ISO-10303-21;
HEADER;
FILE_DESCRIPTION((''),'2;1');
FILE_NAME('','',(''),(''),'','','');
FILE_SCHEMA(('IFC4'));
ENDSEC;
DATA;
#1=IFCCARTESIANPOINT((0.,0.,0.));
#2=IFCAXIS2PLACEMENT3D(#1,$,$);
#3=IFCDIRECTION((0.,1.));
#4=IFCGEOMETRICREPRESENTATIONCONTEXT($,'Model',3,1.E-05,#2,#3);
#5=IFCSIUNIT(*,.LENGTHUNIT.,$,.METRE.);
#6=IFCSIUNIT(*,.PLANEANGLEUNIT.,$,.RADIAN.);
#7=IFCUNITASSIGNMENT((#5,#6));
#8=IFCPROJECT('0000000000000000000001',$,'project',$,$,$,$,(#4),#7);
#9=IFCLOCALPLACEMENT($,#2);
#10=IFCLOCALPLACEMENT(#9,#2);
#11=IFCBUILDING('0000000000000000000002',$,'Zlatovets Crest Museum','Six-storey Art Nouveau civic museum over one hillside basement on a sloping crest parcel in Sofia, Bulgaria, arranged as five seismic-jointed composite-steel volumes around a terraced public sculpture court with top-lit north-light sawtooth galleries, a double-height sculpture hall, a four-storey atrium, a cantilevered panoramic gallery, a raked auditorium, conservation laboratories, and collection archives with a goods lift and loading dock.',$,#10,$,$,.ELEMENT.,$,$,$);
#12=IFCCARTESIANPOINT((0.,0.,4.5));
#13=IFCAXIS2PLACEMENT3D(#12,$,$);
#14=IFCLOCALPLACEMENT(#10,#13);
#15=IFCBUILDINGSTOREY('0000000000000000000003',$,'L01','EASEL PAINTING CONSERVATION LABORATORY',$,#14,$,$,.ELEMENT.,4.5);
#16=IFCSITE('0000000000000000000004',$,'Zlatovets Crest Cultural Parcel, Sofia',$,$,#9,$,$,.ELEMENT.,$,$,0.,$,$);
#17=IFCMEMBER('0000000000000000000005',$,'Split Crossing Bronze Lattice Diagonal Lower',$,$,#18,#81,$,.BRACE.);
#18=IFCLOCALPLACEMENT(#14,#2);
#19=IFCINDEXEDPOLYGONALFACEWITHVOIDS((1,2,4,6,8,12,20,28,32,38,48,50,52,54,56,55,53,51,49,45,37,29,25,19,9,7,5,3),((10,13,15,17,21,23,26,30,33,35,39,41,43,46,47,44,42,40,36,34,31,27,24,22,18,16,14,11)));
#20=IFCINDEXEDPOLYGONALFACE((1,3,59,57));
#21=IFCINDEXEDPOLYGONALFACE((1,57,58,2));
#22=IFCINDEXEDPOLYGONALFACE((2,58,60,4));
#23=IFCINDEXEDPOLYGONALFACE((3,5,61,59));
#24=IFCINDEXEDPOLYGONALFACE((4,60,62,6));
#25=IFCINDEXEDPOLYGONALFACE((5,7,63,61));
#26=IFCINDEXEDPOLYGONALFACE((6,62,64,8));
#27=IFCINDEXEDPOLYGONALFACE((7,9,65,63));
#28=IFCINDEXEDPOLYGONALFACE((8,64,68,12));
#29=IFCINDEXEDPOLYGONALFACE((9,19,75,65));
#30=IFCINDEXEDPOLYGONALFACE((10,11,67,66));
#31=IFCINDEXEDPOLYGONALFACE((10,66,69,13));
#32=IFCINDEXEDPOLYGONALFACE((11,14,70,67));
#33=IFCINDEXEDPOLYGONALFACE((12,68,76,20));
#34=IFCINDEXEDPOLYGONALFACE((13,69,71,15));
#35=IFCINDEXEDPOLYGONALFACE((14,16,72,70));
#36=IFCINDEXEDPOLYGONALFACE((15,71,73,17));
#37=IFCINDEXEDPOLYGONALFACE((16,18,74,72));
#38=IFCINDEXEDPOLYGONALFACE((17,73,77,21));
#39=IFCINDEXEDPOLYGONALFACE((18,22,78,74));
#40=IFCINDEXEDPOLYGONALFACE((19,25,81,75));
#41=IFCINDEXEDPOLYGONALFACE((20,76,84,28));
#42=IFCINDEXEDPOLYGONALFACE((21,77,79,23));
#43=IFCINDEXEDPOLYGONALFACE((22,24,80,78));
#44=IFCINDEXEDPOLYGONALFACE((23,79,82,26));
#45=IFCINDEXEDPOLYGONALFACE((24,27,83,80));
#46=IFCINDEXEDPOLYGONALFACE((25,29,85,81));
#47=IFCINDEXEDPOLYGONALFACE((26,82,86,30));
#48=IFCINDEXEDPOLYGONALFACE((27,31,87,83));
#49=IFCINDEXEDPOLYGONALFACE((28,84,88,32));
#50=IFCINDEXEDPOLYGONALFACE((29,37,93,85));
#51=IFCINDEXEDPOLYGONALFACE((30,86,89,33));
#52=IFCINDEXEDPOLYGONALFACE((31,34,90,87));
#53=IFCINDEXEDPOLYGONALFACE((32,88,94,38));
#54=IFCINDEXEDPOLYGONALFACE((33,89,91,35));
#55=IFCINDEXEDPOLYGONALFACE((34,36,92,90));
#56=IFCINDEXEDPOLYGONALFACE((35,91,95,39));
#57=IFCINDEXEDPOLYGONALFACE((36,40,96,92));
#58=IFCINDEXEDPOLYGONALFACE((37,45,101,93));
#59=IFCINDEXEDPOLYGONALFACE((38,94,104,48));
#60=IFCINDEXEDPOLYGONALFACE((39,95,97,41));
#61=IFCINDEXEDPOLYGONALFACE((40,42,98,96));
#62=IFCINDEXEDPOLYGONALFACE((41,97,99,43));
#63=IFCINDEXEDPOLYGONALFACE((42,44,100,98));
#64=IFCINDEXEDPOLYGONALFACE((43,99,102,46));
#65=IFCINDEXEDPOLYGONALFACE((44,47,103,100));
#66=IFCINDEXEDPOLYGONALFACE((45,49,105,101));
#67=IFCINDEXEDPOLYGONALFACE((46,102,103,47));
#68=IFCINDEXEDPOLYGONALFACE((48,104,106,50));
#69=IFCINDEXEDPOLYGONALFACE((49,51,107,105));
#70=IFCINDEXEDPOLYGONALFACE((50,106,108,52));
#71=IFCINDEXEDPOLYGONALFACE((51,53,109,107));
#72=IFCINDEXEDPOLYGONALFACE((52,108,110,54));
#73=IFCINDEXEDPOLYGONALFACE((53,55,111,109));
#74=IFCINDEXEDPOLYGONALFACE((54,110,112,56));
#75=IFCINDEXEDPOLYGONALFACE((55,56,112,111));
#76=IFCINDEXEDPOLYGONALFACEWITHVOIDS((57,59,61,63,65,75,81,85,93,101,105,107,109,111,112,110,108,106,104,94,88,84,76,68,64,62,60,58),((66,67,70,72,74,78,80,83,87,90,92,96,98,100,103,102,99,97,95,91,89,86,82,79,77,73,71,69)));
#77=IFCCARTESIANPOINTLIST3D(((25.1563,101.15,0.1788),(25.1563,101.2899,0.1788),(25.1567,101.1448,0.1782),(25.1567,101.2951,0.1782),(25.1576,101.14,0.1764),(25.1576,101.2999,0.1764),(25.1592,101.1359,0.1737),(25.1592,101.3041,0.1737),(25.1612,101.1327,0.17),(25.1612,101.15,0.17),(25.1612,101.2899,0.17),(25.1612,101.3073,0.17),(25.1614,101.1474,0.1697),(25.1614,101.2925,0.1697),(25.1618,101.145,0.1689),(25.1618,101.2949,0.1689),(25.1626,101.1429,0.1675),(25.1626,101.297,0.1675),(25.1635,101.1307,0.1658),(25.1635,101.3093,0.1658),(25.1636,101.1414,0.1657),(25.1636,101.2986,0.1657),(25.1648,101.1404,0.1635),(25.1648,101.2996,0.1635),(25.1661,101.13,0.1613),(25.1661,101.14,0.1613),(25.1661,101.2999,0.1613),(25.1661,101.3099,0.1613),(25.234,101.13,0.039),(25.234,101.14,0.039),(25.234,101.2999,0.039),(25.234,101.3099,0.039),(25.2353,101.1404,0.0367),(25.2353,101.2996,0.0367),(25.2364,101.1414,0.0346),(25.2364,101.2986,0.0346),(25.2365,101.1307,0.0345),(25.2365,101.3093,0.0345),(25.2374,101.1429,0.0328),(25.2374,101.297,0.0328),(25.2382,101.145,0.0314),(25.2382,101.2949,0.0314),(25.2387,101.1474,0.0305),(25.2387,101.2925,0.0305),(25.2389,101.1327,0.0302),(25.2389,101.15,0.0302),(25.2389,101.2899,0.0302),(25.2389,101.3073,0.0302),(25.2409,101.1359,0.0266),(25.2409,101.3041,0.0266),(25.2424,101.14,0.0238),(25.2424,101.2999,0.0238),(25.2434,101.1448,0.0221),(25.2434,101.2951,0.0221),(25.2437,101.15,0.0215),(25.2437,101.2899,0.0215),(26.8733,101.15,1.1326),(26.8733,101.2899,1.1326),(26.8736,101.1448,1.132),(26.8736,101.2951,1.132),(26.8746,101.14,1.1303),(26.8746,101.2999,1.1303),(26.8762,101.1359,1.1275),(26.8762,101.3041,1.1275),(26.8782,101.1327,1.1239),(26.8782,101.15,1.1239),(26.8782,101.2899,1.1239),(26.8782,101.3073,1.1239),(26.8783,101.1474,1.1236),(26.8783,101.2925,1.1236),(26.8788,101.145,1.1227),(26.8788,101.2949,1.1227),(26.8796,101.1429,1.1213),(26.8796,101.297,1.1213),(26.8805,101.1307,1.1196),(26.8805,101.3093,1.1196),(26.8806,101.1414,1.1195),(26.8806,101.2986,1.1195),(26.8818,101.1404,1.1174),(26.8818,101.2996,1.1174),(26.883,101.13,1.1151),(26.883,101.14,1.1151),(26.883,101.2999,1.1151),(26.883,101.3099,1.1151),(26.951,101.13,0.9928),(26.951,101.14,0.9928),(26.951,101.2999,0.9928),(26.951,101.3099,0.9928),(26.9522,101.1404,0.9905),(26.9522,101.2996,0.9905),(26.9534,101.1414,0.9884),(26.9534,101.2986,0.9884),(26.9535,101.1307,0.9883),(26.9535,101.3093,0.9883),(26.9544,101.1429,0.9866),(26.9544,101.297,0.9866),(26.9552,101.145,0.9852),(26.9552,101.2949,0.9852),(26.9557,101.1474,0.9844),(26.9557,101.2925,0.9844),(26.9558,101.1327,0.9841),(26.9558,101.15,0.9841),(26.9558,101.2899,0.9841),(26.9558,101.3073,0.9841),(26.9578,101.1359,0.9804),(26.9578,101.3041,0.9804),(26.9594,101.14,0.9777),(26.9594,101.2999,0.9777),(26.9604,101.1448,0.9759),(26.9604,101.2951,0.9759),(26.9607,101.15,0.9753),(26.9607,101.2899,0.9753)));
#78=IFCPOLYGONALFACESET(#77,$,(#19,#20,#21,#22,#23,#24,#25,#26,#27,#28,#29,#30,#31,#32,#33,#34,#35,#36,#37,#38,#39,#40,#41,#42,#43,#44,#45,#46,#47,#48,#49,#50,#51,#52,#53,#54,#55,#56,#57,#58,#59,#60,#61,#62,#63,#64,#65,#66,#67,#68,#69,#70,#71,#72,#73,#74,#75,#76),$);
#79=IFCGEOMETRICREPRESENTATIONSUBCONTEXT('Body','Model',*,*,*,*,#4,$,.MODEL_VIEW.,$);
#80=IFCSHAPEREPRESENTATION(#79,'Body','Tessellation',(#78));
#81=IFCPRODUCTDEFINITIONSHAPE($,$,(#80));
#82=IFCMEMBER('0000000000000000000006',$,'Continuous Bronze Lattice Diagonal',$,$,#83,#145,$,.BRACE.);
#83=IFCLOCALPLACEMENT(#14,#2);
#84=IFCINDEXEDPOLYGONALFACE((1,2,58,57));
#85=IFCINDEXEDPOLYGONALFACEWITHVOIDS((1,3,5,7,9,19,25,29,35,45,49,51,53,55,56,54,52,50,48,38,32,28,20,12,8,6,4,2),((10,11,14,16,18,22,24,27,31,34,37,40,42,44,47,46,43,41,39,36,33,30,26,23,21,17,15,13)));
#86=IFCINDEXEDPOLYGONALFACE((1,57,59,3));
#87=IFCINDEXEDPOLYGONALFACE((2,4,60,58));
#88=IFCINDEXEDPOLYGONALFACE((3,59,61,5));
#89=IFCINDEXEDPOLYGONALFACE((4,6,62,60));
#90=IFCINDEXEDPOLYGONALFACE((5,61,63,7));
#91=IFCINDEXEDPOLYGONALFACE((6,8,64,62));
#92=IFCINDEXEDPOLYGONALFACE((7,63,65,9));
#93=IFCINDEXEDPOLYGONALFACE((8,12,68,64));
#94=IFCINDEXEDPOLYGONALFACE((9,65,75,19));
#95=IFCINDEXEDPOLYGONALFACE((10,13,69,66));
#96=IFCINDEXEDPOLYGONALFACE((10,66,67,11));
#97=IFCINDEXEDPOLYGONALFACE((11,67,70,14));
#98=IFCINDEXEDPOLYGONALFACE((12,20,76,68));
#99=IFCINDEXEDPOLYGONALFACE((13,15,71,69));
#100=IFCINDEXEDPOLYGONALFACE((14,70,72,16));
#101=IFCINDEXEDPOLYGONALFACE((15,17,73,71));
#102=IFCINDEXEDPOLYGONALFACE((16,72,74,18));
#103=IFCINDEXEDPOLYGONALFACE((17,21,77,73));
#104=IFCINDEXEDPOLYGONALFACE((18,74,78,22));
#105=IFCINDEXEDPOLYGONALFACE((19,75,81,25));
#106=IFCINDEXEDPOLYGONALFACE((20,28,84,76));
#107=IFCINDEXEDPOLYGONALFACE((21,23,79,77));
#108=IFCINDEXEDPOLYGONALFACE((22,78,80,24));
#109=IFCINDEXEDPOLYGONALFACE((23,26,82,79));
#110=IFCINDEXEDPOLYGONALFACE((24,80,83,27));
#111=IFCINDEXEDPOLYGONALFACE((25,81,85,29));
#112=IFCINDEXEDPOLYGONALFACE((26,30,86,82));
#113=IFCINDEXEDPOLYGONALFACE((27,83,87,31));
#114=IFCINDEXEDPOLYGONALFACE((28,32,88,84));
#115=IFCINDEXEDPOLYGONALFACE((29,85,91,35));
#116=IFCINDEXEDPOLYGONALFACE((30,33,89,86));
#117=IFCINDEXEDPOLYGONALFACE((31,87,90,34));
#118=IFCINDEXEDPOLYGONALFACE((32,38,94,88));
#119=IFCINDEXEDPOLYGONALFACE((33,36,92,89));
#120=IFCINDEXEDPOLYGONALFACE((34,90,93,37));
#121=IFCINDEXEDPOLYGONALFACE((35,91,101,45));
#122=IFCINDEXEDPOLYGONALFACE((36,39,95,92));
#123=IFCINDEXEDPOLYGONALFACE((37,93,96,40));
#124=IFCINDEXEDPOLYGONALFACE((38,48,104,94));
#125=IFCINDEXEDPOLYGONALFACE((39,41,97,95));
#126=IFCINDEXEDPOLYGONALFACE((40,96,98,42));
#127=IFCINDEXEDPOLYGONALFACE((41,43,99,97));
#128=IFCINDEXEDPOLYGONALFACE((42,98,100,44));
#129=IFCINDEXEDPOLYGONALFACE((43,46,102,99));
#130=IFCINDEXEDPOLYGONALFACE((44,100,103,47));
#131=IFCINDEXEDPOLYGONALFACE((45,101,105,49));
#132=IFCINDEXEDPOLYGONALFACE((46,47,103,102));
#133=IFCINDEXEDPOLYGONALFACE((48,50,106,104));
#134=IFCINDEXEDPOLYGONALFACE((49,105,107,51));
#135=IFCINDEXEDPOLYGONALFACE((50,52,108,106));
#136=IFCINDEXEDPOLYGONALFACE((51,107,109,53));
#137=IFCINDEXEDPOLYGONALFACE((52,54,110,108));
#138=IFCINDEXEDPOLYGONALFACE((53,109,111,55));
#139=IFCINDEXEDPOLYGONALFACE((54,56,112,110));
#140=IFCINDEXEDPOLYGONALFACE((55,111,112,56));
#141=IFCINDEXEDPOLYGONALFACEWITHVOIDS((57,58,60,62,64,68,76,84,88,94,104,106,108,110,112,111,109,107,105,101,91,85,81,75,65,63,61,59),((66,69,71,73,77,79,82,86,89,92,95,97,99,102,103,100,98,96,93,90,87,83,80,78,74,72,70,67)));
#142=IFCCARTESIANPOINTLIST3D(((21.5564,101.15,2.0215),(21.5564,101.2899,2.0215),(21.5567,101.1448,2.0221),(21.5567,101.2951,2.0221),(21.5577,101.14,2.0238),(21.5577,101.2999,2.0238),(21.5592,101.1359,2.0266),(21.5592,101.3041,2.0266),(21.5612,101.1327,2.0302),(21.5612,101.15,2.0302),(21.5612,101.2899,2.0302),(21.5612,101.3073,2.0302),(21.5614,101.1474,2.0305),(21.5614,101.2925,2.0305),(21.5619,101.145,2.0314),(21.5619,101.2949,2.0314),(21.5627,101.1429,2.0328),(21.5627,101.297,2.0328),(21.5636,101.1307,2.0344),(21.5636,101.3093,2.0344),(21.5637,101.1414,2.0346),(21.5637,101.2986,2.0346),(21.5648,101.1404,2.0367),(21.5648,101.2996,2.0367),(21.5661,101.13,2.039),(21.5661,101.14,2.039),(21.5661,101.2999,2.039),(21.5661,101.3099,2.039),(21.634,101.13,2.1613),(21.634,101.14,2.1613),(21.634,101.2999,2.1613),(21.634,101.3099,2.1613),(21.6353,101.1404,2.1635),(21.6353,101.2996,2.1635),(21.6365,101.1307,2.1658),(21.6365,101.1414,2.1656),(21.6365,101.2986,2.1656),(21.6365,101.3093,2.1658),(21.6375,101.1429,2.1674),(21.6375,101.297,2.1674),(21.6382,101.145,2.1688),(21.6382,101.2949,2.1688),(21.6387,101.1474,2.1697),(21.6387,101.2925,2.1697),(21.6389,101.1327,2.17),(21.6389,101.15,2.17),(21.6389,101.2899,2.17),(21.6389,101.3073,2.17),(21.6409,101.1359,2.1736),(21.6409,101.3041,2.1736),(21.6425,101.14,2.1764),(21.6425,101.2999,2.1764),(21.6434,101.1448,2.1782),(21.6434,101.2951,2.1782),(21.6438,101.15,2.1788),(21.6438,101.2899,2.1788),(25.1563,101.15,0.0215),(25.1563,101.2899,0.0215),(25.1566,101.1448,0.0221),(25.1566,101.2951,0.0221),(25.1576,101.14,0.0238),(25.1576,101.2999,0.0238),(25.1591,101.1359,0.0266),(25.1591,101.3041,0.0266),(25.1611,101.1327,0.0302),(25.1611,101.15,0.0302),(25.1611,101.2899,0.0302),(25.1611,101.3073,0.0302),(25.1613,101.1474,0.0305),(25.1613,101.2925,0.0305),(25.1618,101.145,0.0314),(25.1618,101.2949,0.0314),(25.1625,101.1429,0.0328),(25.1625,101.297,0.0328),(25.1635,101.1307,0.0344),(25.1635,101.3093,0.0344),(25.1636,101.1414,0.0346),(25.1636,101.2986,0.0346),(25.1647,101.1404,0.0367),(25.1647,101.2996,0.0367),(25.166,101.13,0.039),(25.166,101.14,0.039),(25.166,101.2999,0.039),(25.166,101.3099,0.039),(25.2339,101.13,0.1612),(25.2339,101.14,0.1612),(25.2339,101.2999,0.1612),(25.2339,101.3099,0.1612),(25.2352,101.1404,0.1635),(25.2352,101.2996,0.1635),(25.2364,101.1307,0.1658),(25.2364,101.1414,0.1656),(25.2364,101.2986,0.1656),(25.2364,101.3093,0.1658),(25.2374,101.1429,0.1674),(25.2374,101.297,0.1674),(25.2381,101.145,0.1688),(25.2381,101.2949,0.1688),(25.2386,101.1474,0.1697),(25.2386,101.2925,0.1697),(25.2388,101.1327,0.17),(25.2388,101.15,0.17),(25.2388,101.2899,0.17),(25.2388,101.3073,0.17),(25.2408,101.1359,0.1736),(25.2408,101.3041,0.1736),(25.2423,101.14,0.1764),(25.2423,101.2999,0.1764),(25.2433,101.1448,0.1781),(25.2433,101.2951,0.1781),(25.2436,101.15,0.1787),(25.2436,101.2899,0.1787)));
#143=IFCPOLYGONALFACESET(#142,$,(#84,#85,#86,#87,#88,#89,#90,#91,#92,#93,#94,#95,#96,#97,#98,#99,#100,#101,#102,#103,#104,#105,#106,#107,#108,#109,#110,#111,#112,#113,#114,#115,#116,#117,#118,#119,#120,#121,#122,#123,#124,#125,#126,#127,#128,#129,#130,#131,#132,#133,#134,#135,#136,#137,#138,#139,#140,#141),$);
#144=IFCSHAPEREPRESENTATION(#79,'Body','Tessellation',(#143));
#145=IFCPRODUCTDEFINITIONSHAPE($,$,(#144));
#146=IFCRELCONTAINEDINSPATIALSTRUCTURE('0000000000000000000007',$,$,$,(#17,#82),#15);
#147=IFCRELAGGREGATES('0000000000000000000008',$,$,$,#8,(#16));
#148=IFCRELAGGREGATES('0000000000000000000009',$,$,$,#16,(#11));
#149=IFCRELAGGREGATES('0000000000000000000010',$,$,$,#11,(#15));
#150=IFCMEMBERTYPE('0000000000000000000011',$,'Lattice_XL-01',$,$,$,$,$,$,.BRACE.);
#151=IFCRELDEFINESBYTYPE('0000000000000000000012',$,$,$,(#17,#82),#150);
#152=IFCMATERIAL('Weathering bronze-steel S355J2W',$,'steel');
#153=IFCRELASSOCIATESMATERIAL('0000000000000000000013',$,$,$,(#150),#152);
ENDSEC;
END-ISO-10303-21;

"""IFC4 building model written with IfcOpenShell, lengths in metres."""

from ifc_helpers import new_model, si_unit, direction, frame, origin, origin_2d, place, context, subcontext, project, spatial, hollow_rectangle, extrude, material, material_profile, profile_set, type_object, element, save


model = new_model("IFC4")

# Units and contexts
model_context = context("Model", 3, precision=1e-05, world=origin(), true_north=direction((0.0, 1.0)))
body_context = subcontext(model_context, "Body", "Model", "MODEL_VIEW")
ifc_project = project(units=[si_unit("LENGTHUNIT", "METRE"), si_unit("PLANEANGLEUNIT", "RADIAN")], contexts=[model_context])

# Site, building, storey
site_placement = place(None, origin())
site = spatial("IfcSite", under=ifc_project, at=site_placement, Name="Zlatovets Crest Cultural Parcel, Sofia", CompositionType="ELEMENT", RefElevation=0.0)
building_placement = place(site_placement, origin())
building = spatial("IfcBuilding", under=site, at=building_placement, Name="Zlatovets Crest Museum", Description="Six-storey Art Nouveau civic museum over one hillside basement on a sloping crest parcel in Sofia, Bulgaria, arranged as five seismic-jointed composite-steel volumes around a terraced public sculpture court with top-lit north-light sawtooth galleries, a double-height sculpture hall, a four-storey atrium, a cantilevered panoramic gallery, a raked auditorium, conservation laboratories, and collection archives with a goods lift and loading dock.", CompositionType="ELEMENT")
storey_placement = place(building_placement, frame((0.0, 0.0, 4.5)))
storey = spatial("IfcBuildingStorey", under=building, at=storey_placement, Name="L01", Description="EASEL PAINTING CONSERVATION LABORATORY", CompositionType="ELEMENT", Elevation=4.5)

# Members
ifc_material_1 = material(Name="Weathering bronze-steel S355J2W", Category="steel")
ifc_material_profile_1 = material_profile(ifc_material_1, hollow_rectangle(XDim=0.1799, YDim=0.1799, WallThickness=0.01, InnerFilletRadius=0.01, OuterFilletRadius=0.02, at=origin_2d()), Name="SHS 180x180x10.0")
ifc_profile_set_1 = profile_set([ifc_material_profile_1], Name="Weathering bronze-steel S355J2W")
member_type_1 = type_object("IfcMemberType", Name="Lattice_XL-01", PredefinedType="BRACE", material=ifc_profile_set_1)
member_1_placement = place(storey_placement, frame((26.917, 101.22, 1.054), z_axis=(-0.874169, 0.0, -0.485622), x_axis=(0.0, -1.0, 0.0)))
element("IfcMember", 1, at=member_1_placement, inside=storey, type_object=member_type_1, Name="Split Crossing Bronze Lattice Diagonal Lower", PredefinedType="BRACE", context=body_context, shape_type="SweptSolid", body=[
    extrude(hollow_rectangle(XDim=0.1799, YDim=0.1799, WallThickness=0.01, InnerFilletRadius=0.01, OuterFilletRadius=0.02, at=origin_2d()), origin(), (0.0, 0.0, 1.0), 1.9641),
])
member_2_placement = place(storey_placement, frame((25.2, 101.22, 0.1001), z_axis=(-0.874149, 0.0, 0.485658), x_axis=(0.0, -1.0, 0.0)))
element("IfcMember", 2, at=member_2_placement, inside=storey, type_object=member_type_1, Name="Continuous Bronze Lattice Diagonal", PredefinedType="BRACE", context=body_context, shape_type="SweptSolid", body=[
    extrude(hollow_rectangle(XDim=0.1799, YDim=0.1799, WallThickness=0.01, InnerFilletRadius=0.01, OuterFilletRadius=0.02, at=origin_2d()), origin(), (0.0, 0.0, 1.0), 4.1182),
])

save(model, "model.ifc")
